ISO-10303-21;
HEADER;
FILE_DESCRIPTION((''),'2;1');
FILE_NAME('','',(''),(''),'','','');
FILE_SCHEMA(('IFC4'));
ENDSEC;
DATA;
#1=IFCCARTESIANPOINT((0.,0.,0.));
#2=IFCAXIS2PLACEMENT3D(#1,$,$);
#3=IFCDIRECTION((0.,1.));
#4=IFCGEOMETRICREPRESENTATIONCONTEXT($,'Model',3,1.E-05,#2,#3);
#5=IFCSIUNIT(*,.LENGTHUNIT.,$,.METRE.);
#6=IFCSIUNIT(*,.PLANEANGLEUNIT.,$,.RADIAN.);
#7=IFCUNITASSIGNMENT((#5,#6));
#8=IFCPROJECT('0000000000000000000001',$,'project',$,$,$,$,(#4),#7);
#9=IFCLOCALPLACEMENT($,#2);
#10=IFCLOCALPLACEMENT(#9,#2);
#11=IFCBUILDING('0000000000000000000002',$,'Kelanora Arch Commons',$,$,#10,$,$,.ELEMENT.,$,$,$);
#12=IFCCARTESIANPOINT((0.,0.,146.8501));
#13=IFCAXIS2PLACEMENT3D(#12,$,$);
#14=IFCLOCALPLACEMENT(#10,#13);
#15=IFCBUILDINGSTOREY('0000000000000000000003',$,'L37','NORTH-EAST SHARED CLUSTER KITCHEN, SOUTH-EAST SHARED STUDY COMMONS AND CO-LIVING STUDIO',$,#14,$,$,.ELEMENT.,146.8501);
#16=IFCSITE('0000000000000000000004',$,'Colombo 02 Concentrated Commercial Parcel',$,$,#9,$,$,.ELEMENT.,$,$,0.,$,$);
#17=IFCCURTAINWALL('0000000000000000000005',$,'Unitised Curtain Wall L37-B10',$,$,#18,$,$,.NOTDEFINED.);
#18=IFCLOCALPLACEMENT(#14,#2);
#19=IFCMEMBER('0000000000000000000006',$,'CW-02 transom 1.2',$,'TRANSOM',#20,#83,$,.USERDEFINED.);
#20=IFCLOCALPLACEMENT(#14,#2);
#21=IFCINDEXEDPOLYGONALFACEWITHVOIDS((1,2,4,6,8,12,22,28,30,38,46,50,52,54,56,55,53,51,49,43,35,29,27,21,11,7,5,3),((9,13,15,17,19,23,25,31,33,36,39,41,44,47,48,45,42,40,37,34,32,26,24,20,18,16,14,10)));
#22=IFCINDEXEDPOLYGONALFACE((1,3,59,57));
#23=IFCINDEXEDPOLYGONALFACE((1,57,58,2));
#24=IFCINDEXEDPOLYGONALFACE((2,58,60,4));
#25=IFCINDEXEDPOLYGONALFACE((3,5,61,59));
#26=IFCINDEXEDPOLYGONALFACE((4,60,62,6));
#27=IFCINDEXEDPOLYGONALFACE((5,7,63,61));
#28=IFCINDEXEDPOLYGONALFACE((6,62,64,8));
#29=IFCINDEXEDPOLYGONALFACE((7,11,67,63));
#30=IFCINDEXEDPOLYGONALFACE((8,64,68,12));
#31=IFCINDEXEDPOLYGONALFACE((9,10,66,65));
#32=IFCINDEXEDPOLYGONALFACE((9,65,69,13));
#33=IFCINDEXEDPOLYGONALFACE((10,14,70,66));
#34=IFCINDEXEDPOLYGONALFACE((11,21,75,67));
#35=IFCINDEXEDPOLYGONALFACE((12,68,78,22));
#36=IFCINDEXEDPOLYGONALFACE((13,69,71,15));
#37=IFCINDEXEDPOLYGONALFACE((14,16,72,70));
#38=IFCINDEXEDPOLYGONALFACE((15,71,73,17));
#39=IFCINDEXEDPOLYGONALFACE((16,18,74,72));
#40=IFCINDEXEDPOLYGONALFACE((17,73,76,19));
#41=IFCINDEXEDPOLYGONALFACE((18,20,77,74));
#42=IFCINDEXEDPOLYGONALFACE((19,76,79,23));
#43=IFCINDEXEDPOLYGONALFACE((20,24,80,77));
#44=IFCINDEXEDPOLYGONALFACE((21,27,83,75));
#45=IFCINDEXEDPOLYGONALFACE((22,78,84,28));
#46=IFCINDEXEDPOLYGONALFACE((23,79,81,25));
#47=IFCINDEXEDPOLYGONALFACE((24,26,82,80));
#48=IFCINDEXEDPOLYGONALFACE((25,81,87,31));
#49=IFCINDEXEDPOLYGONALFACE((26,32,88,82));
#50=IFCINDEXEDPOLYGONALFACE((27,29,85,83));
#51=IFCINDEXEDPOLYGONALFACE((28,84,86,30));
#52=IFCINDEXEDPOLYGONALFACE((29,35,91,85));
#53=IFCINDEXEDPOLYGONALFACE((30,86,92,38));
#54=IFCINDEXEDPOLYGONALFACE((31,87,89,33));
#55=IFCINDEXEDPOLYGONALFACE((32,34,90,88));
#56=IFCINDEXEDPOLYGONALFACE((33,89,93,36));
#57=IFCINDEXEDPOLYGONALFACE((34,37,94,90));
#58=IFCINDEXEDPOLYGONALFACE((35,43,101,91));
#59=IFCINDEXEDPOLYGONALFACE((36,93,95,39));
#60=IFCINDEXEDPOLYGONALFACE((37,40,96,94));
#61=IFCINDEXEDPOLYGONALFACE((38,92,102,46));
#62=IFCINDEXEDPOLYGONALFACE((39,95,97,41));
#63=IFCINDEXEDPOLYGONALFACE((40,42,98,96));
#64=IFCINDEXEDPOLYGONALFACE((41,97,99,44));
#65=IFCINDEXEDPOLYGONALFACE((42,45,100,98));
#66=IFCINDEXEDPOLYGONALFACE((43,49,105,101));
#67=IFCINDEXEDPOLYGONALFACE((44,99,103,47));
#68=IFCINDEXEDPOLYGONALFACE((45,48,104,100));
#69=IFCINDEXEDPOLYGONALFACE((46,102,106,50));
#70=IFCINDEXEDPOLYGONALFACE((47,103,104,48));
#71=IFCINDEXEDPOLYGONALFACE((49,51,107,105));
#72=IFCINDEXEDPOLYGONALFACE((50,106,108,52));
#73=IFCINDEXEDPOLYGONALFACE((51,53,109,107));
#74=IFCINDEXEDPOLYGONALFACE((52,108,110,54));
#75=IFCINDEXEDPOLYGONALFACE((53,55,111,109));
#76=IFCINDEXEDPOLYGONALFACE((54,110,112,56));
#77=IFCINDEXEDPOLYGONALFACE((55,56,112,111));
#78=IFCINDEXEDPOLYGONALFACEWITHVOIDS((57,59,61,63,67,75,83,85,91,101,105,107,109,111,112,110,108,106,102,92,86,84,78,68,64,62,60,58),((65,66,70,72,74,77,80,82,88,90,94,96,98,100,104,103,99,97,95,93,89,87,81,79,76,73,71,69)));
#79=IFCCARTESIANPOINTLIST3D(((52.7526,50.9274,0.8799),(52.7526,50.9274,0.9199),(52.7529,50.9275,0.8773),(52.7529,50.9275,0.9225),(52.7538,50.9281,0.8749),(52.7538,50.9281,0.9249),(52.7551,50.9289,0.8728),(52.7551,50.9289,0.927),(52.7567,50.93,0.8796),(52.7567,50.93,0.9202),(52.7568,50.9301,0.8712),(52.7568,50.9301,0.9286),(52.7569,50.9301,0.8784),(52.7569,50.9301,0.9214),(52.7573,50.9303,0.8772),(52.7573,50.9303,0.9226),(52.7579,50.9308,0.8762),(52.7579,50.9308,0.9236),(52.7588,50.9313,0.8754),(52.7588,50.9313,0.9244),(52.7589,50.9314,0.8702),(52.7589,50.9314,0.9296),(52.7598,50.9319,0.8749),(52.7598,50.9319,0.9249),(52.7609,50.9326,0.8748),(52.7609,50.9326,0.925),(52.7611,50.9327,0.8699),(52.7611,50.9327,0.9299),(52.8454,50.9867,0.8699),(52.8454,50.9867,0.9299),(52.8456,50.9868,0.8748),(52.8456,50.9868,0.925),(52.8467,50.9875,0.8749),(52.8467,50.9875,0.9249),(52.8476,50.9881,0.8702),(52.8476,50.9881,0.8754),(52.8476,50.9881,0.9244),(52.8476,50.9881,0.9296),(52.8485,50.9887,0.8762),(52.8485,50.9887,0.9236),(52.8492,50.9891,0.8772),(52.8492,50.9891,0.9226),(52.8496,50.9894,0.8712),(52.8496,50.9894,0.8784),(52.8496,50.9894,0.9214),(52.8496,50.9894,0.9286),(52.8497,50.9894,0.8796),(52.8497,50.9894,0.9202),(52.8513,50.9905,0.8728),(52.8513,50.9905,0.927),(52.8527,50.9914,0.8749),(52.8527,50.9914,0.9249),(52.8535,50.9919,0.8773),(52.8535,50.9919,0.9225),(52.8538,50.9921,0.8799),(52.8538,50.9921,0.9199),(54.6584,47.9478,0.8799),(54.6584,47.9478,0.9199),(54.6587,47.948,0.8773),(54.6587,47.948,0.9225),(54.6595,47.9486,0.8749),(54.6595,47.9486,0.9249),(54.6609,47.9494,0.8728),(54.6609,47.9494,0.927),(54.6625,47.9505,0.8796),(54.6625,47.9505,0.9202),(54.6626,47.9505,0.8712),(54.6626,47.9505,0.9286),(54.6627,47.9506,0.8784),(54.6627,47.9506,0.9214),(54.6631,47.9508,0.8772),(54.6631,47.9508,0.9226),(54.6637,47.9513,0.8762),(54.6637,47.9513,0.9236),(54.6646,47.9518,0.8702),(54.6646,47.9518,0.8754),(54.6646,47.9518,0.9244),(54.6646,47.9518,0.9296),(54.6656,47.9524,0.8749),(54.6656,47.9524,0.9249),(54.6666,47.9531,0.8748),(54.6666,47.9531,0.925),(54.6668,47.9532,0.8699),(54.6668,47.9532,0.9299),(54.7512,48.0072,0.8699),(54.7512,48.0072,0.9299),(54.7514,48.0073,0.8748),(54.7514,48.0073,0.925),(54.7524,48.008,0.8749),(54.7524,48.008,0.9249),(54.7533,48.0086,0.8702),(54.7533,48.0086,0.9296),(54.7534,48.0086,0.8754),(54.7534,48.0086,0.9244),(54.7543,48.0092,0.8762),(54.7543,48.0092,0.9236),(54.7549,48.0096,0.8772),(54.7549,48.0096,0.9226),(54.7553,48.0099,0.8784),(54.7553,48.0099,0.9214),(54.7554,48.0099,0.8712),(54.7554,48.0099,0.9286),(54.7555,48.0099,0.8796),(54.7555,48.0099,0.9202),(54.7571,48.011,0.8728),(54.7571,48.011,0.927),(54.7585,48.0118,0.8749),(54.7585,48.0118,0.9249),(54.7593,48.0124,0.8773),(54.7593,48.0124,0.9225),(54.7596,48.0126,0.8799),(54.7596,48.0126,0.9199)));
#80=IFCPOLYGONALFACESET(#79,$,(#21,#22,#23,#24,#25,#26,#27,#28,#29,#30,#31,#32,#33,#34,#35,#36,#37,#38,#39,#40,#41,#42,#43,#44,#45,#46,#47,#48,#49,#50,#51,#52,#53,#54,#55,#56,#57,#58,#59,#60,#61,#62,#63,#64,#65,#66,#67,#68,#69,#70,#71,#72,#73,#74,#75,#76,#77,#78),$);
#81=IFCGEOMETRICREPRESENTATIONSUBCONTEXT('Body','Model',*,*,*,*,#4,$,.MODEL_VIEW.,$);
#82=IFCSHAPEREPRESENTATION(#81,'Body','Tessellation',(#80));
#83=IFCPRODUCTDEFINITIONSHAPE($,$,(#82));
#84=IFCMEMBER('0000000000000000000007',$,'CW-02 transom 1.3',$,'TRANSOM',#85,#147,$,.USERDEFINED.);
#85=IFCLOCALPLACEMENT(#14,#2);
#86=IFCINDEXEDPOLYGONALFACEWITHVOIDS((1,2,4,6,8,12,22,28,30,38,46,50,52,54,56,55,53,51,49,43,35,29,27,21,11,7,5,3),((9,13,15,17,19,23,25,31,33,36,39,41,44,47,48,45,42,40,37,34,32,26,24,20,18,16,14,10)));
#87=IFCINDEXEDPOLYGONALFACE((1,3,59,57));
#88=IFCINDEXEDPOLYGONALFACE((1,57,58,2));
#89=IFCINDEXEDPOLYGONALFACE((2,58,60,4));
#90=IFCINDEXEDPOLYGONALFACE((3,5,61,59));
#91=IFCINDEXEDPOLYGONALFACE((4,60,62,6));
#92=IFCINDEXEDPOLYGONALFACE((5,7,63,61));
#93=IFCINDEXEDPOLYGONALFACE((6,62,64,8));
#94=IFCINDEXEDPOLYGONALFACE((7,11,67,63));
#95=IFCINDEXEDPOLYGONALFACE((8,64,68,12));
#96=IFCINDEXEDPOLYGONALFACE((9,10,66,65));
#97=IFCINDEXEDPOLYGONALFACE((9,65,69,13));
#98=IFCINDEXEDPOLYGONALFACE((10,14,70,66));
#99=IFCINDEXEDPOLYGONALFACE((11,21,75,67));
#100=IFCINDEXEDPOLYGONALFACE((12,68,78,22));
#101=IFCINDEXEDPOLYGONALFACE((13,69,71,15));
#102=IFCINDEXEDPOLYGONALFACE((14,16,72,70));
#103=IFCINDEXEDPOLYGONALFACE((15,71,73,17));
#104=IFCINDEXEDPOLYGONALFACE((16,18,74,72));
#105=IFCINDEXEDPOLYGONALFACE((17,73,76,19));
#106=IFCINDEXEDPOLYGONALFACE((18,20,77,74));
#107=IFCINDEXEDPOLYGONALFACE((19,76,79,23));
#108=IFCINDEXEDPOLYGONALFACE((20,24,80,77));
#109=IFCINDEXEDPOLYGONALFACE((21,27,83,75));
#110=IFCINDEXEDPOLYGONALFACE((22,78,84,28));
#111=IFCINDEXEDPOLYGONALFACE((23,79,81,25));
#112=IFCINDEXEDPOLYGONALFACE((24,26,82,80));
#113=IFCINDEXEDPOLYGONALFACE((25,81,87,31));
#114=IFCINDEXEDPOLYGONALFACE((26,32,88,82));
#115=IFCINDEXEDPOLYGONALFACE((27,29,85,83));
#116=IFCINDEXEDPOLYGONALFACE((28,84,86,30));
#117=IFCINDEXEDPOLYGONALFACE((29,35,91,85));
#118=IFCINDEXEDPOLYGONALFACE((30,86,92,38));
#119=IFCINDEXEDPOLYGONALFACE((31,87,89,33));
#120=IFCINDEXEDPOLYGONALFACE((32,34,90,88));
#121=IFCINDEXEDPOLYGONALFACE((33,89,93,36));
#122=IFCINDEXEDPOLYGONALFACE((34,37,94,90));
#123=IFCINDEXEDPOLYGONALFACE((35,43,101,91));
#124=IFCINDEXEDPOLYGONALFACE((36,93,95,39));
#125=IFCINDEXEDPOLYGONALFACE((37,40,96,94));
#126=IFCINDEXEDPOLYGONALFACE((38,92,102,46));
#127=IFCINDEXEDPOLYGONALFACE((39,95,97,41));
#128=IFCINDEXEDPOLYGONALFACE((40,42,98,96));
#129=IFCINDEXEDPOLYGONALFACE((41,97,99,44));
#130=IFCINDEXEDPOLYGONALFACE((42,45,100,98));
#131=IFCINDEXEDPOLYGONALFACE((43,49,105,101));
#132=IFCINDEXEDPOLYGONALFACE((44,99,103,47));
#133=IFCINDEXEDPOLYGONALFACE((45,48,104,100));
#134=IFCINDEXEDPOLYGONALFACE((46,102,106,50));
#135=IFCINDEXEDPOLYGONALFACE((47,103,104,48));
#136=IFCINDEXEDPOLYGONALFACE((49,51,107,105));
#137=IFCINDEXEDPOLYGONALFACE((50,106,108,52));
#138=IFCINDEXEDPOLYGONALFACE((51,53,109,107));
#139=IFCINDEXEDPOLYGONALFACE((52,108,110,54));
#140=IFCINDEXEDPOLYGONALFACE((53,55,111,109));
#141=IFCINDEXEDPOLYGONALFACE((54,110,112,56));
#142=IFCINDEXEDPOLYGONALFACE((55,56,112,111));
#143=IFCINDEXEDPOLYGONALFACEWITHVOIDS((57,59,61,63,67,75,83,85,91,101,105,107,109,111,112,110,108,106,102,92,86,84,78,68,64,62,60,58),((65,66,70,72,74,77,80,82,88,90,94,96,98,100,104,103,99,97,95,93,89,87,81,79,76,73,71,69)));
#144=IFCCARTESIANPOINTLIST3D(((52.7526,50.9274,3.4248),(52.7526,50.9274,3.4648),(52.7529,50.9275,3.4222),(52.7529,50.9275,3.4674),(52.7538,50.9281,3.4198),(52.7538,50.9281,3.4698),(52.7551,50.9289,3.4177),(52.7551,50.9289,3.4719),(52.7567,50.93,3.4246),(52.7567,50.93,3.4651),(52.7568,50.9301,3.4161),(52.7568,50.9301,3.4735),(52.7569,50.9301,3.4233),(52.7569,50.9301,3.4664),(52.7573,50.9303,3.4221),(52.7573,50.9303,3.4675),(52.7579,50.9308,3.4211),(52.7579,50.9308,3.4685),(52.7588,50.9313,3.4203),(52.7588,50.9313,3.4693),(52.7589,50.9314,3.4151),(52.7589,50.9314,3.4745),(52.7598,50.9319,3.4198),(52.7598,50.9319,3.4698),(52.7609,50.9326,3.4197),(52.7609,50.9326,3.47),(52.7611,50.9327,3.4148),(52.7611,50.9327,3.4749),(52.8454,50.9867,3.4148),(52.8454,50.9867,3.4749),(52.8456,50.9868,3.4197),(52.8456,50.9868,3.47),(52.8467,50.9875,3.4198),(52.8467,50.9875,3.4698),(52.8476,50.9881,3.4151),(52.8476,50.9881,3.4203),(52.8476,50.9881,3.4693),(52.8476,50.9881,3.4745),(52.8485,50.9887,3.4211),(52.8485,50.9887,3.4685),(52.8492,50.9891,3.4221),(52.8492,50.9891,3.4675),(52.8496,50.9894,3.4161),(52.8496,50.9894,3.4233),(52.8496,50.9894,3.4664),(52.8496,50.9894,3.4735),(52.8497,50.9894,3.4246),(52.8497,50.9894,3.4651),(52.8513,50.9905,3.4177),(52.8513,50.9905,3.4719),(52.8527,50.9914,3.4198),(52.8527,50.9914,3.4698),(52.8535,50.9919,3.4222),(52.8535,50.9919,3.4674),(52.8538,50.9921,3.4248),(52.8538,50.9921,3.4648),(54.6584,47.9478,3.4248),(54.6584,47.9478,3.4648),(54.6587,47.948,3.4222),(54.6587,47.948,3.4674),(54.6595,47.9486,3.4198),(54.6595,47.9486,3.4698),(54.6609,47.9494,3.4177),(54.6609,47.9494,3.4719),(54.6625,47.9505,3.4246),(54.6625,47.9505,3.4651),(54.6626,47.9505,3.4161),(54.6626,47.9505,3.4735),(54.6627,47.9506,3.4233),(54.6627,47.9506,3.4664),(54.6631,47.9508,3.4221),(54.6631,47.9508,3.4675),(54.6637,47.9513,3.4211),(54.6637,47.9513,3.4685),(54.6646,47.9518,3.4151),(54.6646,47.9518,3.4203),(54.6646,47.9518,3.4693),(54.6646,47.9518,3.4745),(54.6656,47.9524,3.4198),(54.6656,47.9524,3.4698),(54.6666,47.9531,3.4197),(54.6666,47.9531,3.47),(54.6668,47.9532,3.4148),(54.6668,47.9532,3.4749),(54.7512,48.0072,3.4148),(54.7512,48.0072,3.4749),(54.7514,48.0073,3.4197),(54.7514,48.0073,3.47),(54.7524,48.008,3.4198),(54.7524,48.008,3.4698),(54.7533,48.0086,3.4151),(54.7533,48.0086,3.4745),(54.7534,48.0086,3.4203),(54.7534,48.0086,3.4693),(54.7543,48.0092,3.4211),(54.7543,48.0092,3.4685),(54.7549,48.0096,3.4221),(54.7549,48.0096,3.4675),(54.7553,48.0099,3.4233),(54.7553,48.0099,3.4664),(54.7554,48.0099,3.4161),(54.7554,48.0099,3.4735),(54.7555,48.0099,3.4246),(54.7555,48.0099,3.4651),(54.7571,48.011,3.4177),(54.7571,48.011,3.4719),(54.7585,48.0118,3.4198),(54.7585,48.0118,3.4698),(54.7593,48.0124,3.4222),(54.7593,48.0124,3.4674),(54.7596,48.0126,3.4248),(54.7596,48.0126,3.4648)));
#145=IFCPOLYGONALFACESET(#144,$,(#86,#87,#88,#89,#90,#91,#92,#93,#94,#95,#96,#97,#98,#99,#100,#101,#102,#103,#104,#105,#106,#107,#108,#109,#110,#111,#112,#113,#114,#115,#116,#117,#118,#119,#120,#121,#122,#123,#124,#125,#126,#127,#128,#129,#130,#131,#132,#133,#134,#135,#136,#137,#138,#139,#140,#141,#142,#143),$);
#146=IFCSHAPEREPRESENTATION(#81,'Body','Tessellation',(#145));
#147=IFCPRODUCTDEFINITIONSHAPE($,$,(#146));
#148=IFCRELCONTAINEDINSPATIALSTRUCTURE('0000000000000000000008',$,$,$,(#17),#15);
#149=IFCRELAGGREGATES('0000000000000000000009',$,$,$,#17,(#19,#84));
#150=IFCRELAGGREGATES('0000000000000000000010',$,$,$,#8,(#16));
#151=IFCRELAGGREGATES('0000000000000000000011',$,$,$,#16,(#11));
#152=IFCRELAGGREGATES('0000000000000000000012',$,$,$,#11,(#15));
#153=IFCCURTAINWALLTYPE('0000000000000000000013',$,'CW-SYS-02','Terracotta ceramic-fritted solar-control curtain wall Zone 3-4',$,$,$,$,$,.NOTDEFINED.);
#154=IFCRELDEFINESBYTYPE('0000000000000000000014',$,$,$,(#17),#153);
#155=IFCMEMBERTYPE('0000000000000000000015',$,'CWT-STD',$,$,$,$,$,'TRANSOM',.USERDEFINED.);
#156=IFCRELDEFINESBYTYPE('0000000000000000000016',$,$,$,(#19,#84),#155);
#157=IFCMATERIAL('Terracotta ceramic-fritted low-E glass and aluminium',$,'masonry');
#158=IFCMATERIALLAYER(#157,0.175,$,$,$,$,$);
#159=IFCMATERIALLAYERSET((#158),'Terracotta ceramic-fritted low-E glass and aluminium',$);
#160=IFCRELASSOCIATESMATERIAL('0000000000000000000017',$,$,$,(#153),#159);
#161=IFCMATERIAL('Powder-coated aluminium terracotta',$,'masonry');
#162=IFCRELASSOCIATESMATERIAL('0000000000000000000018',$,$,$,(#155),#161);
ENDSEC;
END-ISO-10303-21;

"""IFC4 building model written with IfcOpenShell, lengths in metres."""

from ifc_helpers import new_model, si_unit, direction, frame, origin, origin_2d, place, context, subcontext, project, spatial, hollow_rectangle, extrude, material, layer, layer_set, material_profile, profile_set, type_object, element, aggregate, save


model = new_model("IFC4")

# Units and contexts
model_context = context("Model", 3, precision=1e-05, world=origin(), true_north=direction((0.0, 1.0)))
body_context = subcontext(model_context, "Body", "Model", "MODEL_VIEW")
ifc_project = project(units=[si_unit("LENGTHUNIT", "METRE"), si_unit("PLANEANGLEUNIT", "RADIAN")], contexts=[model_context])

# Site, building, storey
site_placement = place(None, origin())
site = spatial("IfcSite", under=ifc_project, at=site_placement, Name="Colombo 02 Concentrated Commercial Parcel", CompositionType="ELEMENT", RefElevation=0.0)
building_placement = place(site_placement, origin())
building = spatial("IfcBuilding", under=site, at=building_placement, Name="Kelanora Arch Commons", CompositionType="ELEMENT")
storey_placement = place(building_placement, frame((0.0, 0.0, 146.8501)))
storey = spatial("IfcBuildingStorey", under=building, at=storey_placement, Name="L37", Description="NORTH-EAST SHARED CLUSTER KITCHEN, SOUTH-EAST SHARED STUDY COMMONS AND CO-LIVING STUDIO", CompositionType="ELEMENT", Elevation=146.8501)

# Shared definitions
ifc_material_1 = material(Name="Terracotta ceramic-fritted low-E glass and aluminium", Category="masonry")
ifc_layer_1 = layer(ifc_material_1, 0.175)
ifc_layer_set_1 = layer_set([ifc_layer_1], Name="Terracotta ceramic-fritted low-E glass and aluminium")
curtain_wall_type = type_object("IfcCurtainWallType", Name="CW-SYS-02", Description="Terracotta ceramic-fritted solar-control curtain wall Zone 3-4", PredefinedType="NOTDEFINED", material=ifc_layer_set_1)
ifc_material_2 = material(Name="Powder-coated aluminium terracotta", Category="masonry")

# Curtain wall, members
curtain_wall_1_placement = place(storey_placement, origin())
curtain_wall_1 = element("IfcCurtainWall", 1, at=curtain_wall_1_placement, inside=storey, type_object=curtain_wall_type, Name="Unitised Curtain Wall L37-B10", PredefinedType="NOTDEFINED")
ifc_material_profile_1 = material_profile(ifc_material_2, hollow_rectangle(XDim=0.1201, YDim=0.0601, WallThickness=0.0049, InnerFilletRadius=0.0049, OuterFilletRadius=0.01, at=origin_2d()), Name="CWT120x60")
ifc_profile_set_1 = profile_set([ifc_material_profile_1], Name="Powder-coated aluminium terracotta")
member_type_1 = type_object("IfcMemberType", Name="CWT-STD", ElementType="TRANSOM", PredefinedType="USERDEFINED", material=ifc_profile_set_1)
member_1_placement = place(storey_placement, frame((52.8032, 50.9597, 0.8999), z_axis=(0.53883, -0.842414, 0.0), x_axis=(0.842414, 0.53883, 0.0)))
member_1 = element("IfcMember", 2, at=member_1_placement, type_object=member_type_1, Name="CW-02 transom 1.2", ObjectType="TRANSOM", PredefinedType="USERDEFINED", context=body_context, shape_type="SweptSolid", body=[
    extrude(hollow_rectangle(XDim=0.1201, YDim=0.0601, WallThickness=0.0049, InnerFilletRadius=0.0049, OuterFilletRadius=0.01, at=origin_2d()), origin(), (0.0, 0.0, 1.0), 3.5369),
])
member_2_placement = place(storey_placement, frame((52.8032, 50.9597, 3.4448), z_axis=(0.53883, -0.842414, 0.0), x_axis=(0.842414, 0.53883, 0.0)))
member_2 = element("IfcMember", 3, at=member_2_placement, type_object=member_type_1, Name="CW-02 transom 1.3", ObjectType="TRANSOM", PredefinedType="USERDEFINED", context=body_context, shape_type="SweptSolid", body=[
    extrude(hollow_rectangle(XDim=0.1201, YDim=0.0601, WallThickness=0.0049, InnerFilletRadius=0.0049, OuterFilletRadius=0.01, at=origin_2d()), origin(), (0.0, 0.0, 1.0), 3.5369),
])

aggregate(curtain_wall_1, [member_1, member_2])

save(model, "model.ifc")
